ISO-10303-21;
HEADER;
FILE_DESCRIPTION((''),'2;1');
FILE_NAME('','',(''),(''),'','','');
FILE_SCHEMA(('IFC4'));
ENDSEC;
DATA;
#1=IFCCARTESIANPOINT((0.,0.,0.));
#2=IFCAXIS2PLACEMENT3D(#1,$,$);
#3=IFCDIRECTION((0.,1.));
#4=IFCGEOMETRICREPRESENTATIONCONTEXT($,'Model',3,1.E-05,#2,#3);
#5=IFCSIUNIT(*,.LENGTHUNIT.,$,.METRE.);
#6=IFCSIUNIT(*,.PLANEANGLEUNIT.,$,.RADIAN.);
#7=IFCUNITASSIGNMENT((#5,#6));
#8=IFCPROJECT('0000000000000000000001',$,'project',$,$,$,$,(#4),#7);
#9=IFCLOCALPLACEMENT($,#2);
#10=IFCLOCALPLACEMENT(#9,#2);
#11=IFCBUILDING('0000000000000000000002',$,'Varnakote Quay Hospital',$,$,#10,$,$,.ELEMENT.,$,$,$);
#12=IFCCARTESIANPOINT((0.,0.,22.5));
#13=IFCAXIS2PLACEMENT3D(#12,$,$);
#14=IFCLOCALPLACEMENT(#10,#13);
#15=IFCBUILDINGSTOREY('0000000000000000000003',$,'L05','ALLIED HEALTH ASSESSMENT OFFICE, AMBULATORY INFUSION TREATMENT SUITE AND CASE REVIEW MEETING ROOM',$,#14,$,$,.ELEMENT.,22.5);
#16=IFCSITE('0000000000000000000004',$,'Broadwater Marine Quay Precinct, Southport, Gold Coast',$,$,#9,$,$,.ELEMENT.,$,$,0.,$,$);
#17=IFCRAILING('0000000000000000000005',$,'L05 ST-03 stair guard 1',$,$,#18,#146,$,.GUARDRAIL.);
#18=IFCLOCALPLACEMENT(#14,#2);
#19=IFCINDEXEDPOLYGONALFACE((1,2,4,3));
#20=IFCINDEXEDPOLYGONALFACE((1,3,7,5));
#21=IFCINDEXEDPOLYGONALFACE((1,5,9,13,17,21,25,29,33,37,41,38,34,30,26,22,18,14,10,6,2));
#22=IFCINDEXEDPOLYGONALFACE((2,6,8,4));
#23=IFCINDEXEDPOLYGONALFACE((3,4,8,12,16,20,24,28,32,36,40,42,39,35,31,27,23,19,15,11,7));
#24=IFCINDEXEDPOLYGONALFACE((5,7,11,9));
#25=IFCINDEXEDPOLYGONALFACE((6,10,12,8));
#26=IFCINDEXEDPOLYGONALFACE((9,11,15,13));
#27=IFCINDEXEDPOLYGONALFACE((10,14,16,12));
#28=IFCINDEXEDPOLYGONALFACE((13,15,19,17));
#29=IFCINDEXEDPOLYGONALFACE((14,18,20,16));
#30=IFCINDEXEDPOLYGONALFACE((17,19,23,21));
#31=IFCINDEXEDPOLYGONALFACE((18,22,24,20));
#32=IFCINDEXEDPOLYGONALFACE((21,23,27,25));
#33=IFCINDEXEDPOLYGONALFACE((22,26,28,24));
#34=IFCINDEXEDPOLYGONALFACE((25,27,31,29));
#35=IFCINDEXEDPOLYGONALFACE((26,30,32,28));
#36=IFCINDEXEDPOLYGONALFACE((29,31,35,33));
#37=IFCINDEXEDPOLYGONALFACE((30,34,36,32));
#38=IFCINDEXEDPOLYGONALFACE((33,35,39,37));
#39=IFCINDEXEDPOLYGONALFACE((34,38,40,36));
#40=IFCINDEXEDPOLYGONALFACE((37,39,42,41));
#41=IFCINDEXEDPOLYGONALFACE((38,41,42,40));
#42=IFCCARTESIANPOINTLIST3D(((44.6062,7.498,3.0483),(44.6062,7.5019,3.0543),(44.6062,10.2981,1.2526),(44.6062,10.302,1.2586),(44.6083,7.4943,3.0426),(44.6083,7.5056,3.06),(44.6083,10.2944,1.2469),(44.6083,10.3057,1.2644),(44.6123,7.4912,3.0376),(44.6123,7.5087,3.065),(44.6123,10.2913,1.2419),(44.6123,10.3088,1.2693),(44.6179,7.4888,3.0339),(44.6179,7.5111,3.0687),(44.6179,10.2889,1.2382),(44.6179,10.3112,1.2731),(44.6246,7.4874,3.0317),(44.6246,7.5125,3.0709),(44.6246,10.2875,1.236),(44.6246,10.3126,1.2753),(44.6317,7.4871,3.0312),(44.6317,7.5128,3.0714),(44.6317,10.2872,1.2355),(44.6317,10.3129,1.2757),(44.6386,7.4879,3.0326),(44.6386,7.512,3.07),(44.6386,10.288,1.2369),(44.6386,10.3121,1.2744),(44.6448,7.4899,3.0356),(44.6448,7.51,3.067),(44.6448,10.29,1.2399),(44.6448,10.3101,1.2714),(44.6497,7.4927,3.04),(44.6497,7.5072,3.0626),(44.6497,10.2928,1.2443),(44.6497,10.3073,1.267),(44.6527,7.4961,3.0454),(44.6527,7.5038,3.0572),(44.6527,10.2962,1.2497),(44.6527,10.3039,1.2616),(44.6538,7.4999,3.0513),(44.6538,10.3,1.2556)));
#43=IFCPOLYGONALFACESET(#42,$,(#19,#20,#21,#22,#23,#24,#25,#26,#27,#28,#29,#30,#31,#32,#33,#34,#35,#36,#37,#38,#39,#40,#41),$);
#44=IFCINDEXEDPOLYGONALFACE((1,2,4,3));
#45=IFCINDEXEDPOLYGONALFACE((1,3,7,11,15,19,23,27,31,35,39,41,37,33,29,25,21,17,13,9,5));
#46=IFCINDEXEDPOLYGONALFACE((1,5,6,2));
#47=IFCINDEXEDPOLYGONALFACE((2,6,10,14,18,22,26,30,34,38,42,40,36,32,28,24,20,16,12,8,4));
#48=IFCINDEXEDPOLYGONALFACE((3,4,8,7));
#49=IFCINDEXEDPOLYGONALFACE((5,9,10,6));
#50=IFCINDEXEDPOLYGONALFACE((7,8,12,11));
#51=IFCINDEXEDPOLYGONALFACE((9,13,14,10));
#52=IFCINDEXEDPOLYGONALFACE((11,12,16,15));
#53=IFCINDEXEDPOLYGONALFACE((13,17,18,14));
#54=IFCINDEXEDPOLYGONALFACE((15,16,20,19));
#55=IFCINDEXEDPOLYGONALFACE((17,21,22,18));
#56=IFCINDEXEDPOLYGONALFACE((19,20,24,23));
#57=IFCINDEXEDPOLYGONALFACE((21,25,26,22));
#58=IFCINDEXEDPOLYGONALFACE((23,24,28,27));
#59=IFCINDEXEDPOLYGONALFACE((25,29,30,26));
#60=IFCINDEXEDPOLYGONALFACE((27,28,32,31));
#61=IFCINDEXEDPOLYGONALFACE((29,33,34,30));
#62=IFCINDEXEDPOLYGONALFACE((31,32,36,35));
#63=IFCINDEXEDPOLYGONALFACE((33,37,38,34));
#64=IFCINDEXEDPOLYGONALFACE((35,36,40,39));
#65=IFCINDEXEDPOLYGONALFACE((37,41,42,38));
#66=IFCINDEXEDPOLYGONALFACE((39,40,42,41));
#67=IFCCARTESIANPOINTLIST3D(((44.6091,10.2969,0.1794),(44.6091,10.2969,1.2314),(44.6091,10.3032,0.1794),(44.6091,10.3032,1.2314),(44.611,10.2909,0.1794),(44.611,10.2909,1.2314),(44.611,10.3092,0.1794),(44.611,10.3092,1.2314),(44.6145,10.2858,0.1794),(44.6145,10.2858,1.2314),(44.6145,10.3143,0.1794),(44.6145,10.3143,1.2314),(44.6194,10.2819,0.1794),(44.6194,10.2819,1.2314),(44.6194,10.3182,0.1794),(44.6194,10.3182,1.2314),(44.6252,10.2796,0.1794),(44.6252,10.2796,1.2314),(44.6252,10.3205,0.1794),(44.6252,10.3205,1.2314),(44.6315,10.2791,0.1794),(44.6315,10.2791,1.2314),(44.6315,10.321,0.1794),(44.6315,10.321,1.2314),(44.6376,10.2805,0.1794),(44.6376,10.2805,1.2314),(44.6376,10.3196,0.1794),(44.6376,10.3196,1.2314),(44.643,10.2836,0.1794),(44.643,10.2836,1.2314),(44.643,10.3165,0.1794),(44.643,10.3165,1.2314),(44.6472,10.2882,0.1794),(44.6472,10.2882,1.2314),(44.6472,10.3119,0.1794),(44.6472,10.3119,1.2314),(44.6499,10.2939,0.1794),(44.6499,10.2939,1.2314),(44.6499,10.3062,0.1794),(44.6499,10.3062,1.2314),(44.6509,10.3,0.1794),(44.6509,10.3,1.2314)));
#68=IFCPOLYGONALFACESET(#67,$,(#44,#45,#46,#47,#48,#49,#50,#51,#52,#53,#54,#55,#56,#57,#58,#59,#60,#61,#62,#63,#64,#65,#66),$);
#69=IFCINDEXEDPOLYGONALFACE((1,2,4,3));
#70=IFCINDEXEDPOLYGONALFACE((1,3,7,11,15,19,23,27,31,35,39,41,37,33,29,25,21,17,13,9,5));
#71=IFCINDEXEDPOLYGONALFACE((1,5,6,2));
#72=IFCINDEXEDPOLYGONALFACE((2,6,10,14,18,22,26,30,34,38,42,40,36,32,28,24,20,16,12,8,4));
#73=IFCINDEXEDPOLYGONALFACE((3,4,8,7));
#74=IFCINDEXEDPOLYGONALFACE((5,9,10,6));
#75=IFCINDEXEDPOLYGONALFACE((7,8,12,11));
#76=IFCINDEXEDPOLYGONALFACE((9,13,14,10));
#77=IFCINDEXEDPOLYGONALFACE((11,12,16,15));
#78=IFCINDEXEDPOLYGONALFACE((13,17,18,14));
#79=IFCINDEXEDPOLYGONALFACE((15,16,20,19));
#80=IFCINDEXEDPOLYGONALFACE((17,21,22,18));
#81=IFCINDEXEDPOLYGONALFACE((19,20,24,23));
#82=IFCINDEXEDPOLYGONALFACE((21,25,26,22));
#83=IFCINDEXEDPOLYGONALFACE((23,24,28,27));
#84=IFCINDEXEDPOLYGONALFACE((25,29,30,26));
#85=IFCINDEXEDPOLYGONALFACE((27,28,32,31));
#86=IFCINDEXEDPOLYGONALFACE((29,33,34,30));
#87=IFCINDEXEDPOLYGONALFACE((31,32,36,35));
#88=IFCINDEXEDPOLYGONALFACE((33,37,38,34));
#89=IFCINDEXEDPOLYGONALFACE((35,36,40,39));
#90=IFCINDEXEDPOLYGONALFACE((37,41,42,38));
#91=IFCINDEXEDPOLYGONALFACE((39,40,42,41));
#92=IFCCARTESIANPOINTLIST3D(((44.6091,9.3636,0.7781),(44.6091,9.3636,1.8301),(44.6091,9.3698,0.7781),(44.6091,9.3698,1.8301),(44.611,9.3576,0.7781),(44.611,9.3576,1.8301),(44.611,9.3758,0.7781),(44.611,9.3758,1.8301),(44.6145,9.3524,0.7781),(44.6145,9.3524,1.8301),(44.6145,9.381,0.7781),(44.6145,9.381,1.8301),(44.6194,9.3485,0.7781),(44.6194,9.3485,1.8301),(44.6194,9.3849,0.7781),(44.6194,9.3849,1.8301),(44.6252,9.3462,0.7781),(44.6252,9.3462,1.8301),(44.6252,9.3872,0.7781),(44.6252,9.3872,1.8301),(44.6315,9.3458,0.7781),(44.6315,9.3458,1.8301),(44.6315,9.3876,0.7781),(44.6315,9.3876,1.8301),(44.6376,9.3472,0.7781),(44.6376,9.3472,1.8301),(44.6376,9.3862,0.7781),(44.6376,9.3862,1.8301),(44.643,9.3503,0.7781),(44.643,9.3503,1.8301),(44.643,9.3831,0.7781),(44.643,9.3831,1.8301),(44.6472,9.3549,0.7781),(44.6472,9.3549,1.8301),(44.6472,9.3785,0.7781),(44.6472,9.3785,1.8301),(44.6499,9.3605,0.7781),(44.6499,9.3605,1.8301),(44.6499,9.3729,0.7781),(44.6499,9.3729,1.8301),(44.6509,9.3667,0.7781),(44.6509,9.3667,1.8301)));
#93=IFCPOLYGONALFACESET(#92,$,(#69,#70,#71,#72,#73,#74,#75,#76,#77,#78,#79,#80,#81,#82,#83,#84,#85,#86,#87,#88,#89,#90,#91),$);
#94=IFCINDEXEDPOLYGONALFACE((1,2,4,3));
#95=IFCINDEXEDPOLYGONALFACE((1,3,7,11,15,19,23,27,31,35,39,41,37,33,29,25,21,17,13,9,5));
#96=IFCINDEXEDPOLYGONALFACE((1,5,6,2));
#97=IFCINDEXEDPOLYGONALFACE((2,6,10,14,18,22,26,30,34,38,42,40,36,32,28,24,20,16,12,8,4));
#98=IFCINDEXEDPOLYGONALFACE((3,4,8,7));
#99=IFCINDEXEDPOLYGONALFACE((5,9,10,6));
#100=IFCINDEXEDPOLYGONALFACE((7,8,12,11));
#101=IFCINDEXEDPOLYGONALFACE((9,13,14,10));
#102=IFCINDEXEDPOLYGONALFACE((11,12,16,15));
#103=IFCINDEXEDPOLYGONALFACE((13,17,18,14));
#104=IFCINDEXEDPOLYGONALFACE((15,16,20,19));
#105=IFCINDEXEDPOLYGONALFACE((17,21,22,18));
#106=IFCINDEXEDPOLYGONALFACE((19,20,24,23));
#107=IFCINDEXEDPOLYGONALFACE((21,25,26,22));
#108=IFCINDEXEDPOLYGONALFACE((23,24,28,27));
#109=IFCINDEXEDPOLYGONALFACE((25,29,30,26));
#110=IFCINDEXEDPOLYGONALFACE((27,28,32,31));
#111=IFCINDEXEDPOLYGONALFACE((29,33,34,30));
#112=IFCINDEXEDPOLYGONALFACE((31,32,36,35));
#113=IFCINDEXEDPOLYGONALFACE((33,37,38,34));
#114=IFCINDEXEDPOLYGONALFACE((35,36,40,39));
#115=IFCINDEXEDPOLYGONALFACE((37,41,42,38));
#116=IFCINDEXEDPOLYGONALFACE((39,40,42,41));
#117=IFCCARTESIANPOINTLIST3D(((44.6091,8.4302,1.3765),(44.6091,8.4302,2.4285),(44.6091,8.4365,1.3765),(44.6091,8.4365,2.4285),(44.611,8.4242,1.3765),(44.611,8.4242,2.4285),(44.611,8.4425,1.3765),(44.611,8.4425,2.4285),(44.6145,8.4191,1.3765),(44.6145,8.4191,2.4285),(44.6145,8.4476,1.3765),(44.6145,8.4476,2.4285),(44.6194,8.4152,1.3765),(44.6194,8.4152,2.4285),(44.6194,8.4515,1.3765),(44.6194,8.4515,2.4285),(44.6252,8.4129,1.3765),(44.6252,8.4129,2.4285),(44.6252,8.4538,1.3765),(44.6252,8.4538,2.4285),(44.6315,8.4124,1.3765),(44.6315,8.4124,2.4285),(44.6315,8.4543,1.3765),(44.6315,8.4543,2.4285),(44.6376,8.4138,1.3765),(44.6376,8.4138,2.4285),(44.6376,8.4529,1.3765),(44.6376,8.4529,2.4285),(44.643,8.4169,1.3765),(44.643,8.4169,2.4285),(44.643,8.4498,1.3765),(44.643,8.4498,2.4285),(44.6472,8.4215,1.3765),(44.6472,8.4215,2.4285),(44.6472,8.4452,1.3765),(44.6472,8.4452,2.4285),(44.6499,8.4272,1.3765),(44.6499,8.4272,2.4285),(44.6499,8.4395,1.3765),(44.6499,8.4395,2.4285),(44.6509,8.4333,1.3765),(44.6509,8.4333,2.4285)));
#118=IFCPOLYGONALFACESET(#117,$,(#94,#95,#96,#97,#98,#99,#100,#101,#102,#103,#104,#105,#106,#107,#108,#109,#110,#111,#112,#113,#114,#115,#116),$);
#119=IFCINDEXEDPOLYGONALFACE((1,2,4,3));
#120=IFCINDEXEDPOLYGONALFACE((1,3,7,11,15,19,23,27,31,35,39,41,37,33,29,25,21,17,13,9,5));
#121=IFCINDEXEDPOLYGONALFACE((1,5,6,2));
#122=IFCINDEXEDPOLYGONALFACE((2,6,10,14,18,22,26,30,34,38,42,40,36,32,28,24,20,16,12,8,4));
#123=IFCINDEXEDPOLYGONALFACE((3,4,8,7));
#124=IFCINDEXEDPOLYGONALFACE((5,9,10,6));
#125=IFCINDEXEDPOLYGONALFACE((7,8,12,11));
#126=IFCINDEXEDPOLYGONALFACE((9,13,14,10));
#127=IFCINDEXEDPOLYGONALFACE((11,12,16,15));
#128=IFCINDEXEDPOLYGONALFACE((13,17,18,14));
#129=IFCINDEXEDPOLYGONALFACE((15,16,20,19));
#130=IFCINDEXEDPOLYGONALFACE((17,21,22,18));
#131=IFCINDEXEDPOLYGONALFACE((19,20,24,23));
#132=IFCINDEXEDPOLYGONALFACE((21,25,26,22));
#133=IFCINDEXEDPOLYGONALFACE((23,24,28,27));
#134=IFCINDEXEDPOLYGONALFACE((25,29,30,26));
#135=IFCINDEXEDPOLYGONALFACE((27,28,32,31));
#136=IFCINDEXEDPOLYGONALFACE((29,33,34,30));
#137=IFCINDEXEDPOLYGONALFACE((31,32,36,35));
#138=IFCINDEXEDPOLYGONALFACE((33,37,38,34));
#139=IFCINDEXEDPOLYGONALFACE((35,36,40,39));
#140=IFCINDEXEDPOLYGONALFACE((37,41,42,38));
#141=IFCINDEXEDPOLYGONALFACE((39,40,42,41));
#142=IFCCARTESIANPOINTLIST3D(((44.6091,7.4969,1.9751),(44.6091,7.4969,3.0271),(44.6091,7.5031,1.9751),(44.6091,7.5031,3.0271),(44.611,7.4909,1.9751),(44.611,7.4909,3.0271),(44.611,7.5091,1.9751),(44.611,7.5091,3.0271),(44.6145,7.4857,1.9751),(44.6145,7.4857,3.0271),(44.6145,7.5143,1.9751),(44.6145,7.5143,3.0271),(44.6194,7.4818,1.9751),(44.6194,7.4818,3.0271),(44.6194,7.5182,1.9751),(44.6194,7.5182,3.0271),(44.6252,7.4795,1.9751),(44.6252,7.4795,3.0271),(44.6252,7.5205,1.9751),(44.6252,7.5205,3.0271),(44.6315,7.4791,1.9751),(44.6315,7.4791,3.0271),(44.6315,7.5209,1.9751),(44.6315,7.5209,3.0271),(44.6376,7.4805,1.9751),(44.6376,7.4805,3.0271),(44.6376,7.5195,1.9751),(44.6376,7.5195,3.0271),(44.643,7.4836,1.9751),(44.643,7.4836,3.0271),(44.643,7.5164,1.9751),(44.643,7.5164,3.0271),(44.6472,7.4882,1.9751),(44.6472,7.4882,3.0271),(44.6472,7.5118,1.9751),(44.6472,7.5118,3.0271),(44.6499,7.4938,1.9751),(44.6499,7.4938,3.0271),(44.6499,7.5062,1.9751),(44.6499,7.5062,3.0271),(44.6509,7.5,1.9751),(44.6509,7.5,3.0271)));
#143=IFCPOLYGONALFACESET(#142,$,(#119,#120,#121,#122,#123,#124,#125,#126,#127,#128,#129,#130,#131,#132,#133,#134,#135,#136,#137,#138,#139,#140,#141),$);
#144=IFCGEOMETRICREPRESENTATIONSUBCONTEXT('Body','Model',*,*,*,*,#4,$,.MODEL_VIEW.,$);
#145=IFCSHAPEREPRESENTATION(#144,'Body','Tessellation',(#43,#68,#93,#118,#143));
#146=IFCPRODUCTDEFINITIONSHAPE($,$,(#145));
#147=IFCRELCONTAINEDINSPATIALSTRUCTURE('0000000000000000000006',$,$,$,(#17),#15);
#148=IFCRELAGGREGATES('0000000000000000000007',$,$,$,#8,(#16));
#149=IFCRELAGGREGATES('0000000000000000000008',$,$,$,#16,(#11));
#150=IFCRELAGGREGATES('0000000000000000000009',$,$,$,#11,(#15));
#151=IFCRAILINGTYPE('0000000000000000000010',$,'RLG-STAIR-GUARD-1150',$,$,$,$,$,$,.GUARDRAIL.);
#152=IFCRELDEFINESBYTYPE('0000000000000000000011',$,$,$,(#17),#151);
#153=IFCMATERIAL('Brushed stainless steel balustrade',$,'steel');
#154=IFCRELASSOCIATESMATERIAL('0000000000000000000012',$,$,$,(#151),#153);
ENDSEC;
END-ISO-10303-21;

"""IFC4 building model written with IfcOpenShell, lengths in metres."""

from ifc_helpers import new_model, si_unit, direction, frame, origin, origin_2d, place, context, subcontext, project, spatial, circle, extrude, material, type_object, element, save


model = new_model("IFC4")

# Units and contexts
model_context = context("Model", 3, precision=1e-05, world=origin(), true_north=direction((0.0, 1.0)))
body_context = subcontext(model_context, "Body", "Model", "MODEL_VIEW")
ifc_project = project(units=[si_unit("LENGTHUNIT", "METRE"), si_unit("PLANEANGLEUNIT", "RADIAN")], contexts=[model_context])

# Site, building, storey
site_placement = place(None, origin())
site = spatial("IfcSite", under=ifc_project, at=site_placement, Name="Broadwater Marine Quay Precinct, Southport, Gold Coast", CompositionType="ELEMENT", RefElevation=0.0)
building_placement = place(site_placement, origin())
building = spatial("IfcBuilding", under=site, at=building_placement, Name="Varnakote Quay Hospital", CompositionType="ELEMENT")
storey_placement = place(building_placement, frame((0.0, 0.0, 22.5)))
storey = spatial("IfcBuildingStorey", under=building, at=storey_placement, Name="L05", Description="ALLIED HEALTH ASSESSMENT OFFICE, AMBULATORY INFUSION TREATMENT SUITE AND CASE REVIEW MEETING ROOM", CompositionType="ELEMENT", Elevation=22.5)

# Railing
ifc_material_1 = material(Name="Brushed stainless steel balustrade", Category="steel")
railing_type_1 = type_object("IfcRailingType", Name="RLG-STAIR-GUARD-1150", PredefinedType="GUARDRAIL", material=ifc_material_1)
railing_1_placement = place(storey_placement, frame((44.6299, 10.3, 0.1794)))
element("IfcRailing", 1, at=railing_1_placement, inside=storey, type_object=railing_type_1, Name="L05 ST-03 stair guard 1", PredefinedType="GUARDRAIL", context=body_context, shape_type="SweptSolid", body=[
    extrude(circle(Radius=0.0239, at=origin_2d()), frame((0.0, 0.0, 1.0762), z_axis=(0.0, -0.841777, 0.539826), x_axis=(1.0, 0.0, 0.0)), (0.0, 0.0, 1.0), 3.3264),
    extrude(circle(Radius=0.021, at=origin_2d()), origin(), (0.0, 0.0, 1.0), 1.052),
    extrude(circle(Radius=0.021, at=origin_2d()), frame((0.0, -0.9333, 0.5986)), (0.0, 0.0, 1.0), 1.052),
    extrude(circle(Radius=0.021, at=origin_2d()), frame((0.0, -1.8667, 1.197)), (0.0, 0.0, 1.0), 1.052),
    extrude(circle(Radius=0.021, at=origin_2d()), frame((0.0, -2.8, 1.7957)), (0.0, 0.0, 1.0), 1.052),
])

save(model, "model.ifc")
